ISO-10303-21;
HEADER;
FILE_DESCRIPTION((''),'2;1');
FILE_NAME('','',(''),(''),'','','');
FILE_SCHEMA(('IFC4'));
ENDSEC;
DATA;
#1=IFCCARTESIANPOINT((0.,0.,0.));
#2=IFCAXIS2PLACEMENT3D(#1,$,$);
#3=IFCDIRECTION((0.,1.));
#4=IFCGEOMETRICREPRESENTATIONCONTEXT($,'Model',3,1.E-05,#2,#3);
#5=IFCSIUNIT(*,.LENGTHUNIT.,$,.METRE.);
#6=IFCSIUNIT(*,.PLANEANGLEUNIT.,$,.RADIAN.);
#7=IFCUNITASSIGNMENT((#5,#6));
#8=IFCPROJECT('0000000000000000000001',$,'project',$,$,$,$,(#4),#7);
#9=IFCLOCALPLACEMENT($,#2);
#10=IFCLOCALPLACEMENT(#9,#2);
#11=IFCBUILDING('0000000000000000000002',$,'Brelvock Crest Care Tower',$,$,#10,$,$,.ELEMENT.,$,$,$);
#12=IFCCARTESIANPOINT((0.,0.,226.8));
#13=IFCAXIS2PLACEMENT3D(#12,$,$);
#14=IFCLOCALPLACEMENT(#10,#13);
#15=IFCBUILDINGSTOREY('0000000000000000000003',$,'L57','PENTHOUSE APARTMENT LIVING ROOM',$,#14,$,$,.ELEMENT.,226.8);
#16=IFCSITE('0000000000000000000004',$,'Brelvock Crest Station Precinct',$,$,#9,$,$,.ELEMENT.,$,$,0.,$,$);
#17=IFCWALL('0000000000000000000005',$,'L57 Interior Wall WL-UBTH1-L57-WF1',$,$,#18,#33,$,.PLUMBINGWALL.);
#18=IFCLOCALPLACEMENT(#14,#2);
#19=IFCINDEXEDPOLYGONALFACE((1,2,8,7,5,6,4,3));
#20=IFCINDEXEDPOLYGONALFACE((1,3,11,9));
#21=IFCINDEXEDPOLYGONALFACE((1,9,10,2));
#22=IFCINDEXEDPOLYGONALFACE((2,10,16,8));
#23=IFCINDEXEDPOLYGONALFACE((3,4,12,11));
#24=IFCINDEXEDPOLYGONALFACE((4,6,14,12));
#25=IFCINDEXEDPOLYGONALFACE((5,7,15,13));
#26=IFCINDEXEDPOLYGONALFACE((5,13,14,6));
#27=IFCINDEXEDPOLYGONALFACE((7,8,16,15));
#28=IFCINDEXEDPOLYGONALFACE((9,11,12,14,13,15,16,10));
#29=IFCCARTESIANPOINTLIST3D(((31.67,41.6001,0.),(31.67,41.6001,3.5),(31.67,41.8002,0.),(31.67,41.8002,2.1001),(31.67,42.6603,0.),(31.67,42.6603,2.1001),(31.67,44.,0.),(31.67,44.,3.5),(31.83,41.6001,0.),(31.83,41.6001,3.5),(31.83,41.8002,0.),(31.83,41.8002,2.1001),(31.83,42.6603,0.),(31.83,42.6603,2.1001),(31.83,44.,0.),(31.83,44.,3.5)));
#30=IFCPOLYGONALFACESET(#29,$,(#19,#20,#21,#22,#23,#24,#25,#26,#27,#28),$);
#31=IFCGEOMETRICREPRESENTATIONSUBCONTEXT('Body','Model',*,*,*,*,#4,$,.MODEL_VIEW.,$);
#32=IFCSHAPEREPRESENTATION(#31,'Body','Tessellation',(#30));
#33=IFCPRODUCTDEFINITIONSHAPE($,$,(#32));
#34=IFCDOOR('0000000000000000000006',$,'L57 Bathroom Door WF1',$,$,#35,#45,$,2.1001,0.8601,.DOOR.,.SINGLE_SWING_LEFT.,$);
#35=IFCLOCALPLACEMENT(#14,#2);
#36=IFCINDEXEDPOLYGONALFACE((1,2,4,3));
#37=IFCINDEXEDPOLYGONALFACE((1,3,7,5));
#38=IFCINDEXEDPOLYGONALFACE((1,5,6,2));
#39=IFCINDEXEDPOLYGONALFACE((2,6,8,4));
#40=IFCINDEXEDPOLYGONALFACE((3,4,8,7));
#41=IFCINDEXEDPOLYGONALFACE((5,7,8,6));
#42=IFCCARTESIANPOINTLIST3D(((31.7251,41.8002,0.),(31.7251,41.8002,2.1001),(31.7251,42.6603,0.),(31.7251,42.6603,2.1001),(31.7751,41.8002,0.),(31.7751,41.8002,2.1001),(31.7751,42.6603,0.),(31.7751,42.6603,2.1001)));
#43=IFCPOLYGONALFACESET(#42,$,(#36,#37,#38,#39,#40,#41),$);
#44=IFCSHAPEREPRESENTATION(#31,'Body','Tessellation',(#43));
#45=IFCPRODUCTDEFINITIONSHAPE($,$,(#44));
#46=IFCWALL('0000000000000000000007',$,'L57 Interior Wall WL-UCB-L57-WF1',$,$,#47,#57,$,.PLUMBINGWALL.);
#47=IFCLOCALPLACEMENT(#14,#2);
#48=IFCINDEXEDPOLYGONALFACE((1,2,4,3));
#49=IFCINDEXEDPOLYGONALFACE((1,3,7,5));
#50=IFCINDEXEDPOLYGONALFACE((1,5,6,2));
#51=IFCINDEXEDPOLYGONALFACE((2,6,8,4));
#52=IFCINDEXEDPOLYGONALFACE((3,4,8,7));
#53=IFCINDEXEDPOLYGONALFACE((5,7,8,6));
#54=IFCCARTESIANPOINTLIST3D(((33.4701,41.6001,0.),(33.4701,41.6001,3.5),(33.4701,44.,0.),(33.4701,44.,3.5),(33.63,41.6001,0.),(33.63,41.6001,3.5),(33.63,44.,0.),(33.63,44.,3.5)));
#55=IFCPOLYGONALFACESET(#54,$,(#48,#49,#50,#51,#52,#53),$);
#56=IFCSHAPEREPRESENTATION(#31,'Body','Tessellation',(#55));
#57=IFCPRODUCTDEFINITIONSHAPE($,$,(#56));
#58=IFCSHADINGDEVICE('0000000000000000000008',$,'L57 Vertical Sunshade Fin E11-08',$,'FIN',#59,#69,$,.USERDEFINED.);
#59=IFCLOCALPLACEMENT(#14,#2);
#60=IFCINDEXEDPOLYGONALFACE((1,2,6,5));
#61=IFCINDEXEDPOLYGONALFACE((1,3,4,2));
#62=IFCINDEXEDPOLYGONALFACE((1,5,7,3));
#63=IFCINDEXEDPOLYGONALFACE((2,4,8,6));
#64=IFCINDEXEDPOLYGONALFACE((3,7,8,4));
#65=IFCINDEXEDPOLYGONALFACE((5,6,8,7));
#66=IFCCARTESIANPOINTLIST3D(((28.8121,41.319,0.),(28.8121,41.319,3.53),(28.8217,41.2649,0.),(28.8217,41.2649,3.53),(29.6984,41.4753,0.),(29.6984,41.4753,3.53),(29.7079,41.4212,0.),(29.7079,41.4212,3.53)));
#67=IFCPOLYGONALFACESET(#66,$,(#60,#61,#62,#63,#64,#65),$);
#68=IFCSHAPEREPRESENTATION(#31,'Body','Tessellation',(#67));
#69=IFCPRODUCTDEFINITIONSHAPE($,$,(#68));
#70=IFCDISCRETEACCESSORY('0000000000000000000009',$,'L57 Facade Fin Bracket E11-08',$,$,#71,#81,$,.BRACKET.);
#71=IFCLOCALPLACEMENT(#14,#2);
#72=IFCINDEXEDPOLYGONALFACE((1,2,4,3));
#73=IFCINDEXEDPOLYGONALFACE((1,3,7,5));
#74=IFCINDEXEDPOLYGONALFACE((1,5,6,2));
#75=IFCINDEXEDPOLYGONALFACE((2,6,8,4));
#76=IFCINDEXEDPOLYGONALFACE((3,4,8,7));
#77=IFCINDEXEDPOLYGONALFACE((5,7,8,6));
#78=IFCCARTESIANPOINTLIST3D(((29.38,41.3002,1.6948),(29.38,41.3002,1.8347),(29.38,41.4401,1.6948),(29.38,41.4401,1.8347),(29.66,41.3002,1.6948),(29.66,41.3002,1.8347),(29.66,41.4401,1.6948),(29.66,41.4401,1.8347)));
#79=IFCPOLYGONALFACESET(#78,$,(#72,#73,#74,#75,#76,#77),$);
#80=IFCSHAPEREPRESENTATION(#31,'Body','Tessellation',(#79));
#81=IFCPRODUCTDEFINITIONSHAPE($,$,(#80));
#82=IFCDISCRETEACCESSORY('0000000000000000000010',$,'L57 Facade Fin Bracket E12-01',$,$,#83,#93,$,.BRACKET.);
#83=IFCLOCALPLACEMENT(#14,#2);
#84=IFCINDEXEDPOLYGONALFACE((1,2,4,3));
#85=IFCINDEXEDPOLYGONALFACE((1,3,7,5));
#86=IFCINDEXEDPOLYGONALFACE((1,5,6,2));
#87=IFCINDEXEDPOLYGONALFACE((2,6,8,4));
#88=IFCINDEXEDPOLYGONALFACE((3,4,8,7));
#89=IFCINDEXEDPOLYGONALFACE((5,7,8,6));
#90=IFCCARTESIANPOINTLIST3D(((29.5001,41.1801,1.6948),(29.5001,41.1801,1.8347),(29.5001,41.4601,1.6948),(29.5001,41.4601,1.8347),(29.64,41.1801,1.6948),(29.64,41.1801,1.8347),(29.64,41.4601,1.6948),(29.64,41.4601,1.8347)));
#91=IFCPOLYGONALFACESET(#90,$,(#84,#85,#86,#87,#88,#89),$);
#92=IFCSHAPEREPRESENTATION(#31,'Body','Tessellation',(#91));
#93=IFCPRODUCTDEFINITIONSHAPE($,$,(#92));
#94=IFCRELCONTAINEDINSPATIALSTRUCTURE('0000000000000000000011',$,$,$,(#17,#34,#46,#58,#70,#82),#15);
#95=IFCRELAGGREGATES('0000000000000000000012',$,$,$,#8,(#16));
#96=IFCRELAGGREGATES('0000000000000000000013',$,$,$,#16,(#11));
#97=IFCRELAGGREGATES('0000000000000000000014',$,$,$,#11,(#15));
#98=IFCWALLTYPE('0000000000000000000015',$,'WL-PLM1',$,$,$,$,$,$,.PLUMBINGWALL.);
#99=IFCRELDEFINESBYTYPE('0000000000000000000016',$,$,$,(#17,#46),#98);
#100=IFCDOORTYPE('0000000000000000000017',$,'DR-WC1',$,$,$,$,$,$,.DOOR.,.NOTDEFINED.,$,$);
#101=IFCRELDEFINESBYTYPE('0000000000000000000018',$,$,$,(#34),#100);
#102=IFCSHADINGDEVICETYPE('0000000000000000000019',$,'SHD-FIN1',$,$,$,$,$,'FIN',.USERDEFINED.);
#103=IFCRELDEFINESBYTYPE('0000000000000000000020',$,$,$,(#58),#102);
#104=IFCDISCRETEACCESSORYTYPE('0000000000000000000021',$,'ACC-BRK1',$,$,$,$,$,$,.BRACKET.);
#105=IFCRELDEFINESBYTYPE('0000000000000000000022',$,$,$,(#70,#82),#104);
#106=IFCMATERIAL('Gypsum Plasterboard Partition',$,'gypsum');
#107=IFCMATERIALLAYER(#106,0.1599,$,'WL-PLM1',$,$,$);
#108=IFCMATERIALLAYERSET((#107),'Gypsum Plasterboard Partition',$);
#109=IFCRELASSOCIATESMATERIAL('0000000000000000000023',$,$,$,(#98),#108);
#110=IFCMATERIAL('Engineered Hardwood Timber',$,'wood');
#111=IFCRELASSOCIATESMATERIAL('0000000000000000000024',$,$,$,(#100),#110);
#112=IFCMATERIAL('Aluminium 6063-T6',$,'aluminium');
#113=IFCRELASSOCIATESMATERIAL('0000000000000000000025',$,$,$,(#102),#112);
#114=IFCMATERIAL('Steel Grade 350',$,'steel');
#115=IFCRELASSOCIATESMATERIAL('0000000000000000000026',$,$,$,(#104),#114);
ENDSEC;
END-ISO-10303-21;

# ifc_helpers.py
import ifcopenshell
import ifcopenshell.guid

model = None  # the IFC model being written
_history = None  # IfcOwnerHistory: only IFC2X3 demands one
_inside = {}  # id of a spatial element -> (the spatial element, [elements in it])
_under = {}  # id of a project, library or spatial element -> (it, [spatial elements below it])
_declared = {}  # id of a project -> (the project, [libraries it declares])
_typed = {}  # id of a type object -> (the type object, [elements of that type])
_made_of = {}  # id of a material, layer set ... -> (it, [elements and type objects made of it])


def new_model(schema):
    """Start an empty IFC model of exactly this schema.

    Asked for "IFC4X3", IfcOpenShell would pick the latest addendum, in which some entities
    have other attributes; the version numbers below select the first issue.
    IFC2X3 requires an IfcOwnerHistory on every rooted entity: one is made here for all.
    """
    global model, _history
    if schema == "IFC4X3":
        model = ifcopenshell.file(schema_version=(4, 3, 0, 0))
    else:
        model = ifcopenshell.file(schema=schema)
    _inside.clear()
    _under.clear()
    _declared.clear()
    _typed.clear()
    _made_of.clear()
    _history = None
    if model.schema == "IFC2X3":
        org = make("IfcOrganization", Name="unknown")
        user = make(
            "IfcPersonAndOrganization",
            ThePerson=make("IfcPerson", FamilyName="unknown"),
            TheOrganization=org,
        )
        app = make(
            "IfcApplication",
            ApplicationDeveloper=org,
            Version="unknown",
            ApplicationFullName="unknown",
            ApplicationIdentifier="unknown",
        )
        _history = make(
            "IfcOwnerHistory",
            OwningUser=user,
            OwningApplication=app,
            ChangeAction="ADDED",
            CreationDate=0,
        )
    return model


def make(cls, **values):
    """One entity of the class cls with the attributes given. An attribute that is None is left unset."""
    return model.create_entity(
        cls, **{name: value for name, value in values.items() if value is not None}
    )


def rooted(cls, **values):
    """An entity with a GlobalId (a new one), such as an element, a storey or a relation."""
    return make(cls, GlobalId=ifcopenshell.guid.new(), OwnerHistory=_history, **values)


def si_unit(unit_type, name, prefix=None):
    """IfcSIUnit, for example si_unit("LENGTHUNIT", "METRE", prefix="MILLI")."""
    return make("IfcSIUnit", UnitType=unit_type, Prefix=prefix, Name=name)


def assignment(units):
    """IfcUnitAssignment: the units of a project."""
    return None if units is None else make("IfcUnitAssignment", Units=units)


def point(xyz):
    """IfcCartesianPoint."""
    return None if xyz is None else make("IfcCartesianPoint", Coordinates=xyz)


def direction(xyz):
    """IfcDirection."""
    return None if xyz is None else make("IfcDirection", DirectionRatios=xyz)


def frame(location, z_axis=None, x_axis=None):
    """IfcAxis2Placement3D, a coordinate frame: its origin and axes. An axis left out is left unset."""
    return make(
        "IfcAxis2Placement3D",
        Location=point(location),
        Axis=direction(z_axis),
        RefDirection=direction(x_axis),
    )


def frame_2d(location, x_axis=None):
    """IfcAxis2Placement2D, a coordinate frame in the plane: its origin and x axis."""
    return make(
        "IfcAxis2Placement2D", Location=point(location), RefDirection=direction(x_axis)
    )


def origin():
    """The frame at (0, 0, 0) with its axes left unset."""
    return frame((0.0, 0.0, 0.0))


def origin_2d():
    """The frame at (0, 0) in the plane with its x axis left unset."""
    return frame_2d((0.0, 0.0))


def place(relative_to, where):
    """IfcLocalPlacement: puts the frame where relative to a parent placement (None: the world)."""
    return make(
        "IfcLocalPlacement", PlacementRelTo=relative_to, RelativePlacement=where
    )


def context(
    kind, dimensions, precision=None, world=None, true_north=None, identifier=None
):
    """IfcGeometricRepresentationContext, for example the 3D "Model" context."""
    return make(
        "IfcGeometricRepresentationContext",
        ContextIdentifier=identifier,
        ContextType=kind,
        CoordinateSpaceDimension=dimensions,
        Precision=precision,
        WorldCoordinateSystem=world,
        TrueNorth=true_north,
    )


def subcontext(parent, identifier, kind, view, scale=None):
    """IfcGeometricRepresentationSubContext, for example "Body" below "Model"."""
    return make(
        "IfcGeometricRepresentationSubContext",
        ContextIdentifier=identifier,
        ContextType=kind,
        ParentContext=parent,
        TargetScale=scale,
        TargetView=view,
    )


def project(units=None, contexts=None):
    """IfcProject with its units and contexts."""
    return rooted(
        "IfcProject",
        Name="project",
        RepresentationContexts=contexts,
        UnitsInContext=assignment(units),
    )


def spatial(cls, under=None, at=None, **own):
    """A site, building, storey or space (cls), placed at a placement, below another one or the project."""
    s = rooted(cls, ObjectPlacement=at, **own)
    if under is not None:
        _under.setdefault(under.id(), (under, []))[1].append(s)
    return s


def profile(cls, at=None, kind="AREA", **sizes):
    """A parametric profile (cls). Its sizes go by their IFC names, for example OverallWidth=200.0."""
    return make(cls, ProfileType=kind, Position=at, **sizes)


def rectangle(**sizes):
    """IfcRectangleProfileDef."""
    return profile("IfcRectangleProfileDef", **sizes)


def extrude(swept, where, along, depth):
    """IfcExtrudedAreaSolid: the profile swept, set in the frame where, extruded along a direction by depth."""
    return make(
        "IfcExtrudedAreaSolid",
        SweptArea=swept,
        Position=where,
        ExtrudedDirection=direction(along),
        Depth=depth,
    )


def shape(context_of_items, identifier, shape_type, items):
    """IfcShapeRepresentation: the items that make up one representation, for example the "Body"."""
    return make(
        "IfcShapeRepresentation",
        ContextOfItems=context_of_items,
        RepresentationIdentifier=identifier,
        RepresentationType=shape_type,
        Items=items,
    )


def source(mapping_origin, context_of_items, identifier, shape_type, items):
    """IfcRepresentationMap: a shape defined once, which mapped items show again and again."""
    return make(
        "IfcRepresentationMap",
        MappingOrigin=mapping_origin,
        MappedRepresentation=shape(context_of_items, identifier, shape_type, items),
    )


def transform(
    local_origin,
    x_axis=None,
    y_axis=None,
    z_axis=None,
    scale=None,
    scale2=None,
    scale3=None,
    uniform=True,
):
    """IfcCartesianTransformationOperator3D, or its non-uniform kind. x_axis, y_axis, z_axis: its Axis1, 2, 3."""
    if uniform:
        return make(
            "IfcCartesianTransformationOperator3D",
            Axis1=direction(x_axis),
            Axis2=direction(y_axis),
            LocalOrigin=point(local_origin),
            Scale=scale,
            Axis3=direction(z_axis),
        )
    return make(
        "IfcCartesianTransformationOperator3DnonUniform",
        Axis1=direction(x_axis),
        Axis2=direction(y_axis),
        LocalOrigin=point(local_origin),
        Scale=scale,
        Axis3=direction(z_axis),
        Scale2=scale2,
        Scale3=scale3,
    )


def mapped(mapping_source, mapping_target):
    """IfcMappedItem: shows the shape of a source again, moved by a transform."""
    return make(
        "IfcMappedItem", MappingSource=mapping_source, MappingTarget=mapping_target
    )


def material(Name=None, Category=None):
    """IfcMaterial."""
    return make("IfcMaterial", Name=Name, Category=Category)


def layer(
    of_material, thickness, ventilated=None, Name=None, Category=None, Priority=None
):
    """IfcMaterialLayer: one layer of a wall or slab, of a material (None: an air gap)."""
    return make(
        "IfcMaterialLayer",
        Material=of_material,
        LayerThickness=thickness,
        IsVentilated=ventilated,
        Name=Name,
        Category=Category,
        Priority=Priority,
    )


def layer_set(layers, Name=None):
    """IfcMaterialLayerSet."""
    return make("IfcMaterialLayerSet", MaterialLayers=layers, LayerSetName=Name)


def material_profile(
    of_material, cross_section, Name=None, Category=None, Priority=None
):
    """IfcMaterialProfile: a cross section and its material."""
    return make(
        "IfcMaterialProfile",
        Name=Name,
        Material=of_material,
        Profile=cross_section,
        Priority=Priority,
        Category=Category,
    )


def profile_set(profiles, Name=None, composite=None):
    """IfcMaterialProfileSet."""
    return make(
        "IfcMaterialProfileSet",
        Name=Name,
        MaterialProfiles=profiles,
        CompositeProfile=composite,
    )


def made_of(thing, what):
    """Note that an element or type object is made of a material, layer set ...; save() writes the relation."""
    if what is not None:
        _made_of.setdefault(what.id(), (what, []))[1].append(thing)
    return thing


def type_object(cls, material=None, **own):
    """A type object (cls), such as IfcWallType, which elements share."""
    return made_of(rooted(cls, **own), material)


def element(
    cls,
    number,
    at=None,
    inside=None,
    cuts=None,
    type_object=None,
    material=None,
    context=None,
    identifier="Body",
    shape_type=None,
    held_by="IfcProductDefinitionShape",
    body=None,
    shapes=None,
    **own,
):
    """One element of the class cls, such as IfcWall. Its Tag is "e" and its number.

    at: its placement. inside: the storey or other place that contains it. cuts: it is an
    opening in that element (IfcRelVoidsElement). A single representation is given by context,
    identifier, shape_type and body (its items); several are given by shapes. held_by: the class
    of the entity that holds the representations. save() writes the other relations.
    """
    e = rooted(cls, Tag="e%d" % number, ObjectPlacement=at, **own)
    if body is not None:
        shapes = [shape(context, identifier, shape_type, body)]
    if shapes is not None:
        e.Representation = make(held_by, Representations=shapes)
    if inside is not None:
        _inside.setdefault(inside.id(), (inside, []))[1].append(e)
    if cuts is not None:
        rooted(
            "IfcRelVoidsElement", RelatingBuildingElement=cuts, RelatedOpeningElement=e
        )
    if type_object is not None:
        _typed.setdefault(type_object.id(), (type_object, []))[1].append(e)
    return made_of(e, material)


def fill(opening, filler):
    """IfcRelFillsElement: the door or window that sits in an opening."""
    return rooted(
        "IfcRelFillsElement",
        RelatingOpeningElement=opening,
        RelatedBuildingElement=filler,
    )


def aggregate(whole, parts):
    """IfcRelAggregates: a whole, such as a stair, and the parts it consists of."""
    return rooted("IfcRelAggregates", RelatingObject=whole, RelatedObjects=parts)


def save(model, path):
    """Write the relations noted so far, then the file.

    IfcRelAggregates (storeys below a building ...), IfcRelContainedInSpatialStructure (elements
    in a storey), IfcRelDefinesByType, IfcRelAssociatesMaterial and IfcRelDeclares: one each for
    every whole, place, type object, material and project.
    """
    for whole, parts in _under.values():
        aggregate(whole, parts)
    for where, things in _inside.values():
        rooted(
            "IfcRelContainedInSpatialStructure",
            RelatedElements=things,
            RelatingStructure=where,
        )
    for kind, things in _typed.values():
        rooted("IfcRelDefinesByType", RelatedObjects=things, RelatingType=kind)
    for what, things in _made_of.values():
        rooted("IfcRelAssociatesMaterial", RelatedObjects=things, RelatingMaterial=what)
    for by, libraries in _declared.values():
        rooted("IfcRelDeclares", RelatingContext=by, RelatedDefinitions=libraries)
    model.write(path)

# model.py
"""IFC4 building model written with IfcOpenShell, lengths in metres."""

from ifc_helpers import new_model, si_unit, direction, frame, frame_2d, origin, origin_2d, place, context, subcontext, project, spatial, rectangle, extrude, source, transform, mapped, material, layer, layer_set, material_profile, profile_set, type_object, element, fill, save


model = new_model("IFC4")

# Units and contexts
model_context = context("Model", 3, precision=1e-05, world=origin(), true_north=direction((0.0, 1.0)))
body_context = subcontext(model_context, "Body", "Model", "MODEL_VIEW")
ifc_project = project(units=[si_unit("LENGTHUNIT", "METRE"), si_unit("PLANEANGLEUNIT", "RADIAN")], contexts=[model_context])

# Site, building, storey
site_placement = place(None, origin())
site = spatial("IfcSite", under=ifc_project, at=site_placement, Name="Brelvock Crest Station Precinct", CompositionType="ELEMENT", RefElevation=0.0)
building_placement = place(site_placement, origin())
building = spatial("IfcBuilding", under=site, at=building_placement, Name="Brelvock Crest Care Tower", CompositionType="ELEMENT")
storey_placement = place(building_placement, frame((0.0, 0.0, 226.8)))
storey = spatial("IfcBuildingStorey", under=building, at=storey_placement, Name="L57", Description="PENTHOUSE APARTMENT LIVING ROOM", CompositionType="ELEMENT", Elevation=226.8)

# Shared definitions
ifc_material_1 = material(Name="Steel Grade 350", Category="steel")

# Shared definitions
ifc_material_2 = material(Name="Aluminium 6063-T6", Category="aluminium")

# Shared definitions
ifc_material_3 = material(Name="Engineered Hardwood Timber", Category="wood")

# Shared definitions
ifc_material_4 = material(Name="Gypsum Plasterboard Partition", Category="gypsum")
ifc_layer_1 = layer(ifc_material_4, 0.1599, Name="WL-PLM1")
ifc_layer_set_1 = layer_set([ifc_layer_1], Name="Gypsum Plasterboard Partition")
wall_type_1 = type_object("IfcWallType", Name="WL-PLM1", PredefinedType="PLUMBINGWALL", material=ifc_layer_set_1)

# Wall, opening, door
wall_1_placement = place(storey_placement, frame((31.75, 41.6001, 0.0), z_axis=(0.0, 0.0, 1.0), x_axis=(0.0, 1.0, 0.0)))
wall_1 = element("IfcWall", 1, at=wall_1_placement, inside=storey, type_object=wall_type_1, Name="L57 Interior Wall WL-UBTH1-L57-WF1", PredefinedType="PLUMBINGWALL", context=body_context, shape_type="SweptSolid", body=[
    extrude(rectangle(XDim=2.3999, YDim=0.1599, at=frame_2d((1.2, 0.0))), origin(), (0.0, 0.0, 1.0), 3.5),
])
opening_1_placement = place(wall_1_placement, frame((0.2, 0.0, 0.0)))
opening_1 = element("IfcOpeningElement", 2, at=opening_1_placement, cuts=wall_1, PredefinedType="OPENING", context=body_context, shape_type="SweptSolid", body=[
    extrude(rectangle(XDim=0.8601, YDim=2.1001, at=origin_2d()), frame((0.4302, 0.0898, 1.05), z_axis=(0.0, -1.0, 0.0), x_axis=(1.0, 0.0, 0.0)), (0.0, 0.0, 1.0), 0.1799),
])
door_type_1 = type_object("IfcDoorType", Name="DR-WC1", OperationType="NOTDEFINED", PredefinedType="DOOR", material=ifc_material_3)
shared_shape_1 = source(origin(), body_context, "Body", "SweptSolid", [
    extrude(rectangle(XDim=0.8601, YDim=2.1001, at=origin_2d()), frame((0.4302, 0.0249, 1.05), z_axis=(0.0, -1.0, 0.0), x_axis=(1.0, 0.0, 0.0)), (0.0, 0.0, 1.0), 0.05),
])
door_1_placement = place(opening_1_placement, origin())
door_1 = element("IfcDoor", 3, at=door_1_placement, inside=storey, type_object=door_type_1, Name="L57 Bathroom Door WF1", OperationType="SINGLE_SWING_LEFT", OverallHeight=2.1001, OverallWidth=0.8601, PredefinedType="DOOR", context=body_context, shape_type="MappedRepresentation", body=[
    mapped(shared_shape_1, transform((0.0, 0.0, 0.0), x_axis=(1.0, 0.0, 0.0), y_axis=(0.0, 1.0, 0.0), z_axis=(0.0, 0.0, 1.0), scale=1.0)),
])
fill(opening_1, door_1)

# Wall
wall_2_placement = place(storey_placement, frame((33.55, 41.6001, 0.0), z_axis=(0.0, 0.0, 1.0), x_axis=(0.0, 1.0, 0.0)))
element("IfcWall", 4, at=wall_2_placement, inside=storey, type_object=wall_type_1, Name="L57 Interior Wall WL-UCB-L57-WF1", PredefinedType="PLUMBINGWALL", context=body_context, shape_type="SweptSolid", body=[
    extrude(rectangle(XDim=2.3999, YDim=0.1599, at=frame_2d((1.2, 0.0))), origin(), (0.0, 0.0, 1.0), 3.5),
])

# Shading device
ifc_material_profile_1 = material_profile(ifc_material_2, rectangle(XDim=0.0549, YDim=0.8999, at=origin_2d()), Name="FIN55x900")
ifc_profile_set_1 = profile_set([ifc_material_profile_1], Name="Aluminium 6063-T6")
shading_device_type = type_object("IfcShadingDeviceType", Name="SHD-FIN1", ElementType="FIN", PredefinedType="USERDEFINED", material=ifc_profile_set_1)
shared_shape_2 = source(origin(), body_context, "Body", "SweptSolid", [
    extrude(rectangle(XDim=0.0549, YDim=0.8999, at=origin_2d()), origin(), (0.0, 0.0, 1.0), 3.53),
])
shading_device_placement = place(storey_placement, frame((29.26, 41.3701, 0.0), z_axis=(0.0, 0.0, 1.0), x_axis=(-0.173648, 0.984808, 0.0)))
element("IfcShadingDevice", 5, at=shading_device_placement, inside=storey, type_object=shading_device_type, Name="L57 Vertical Sunshade Fin E11-08", ObjectType="FIN", PredefinedType="USERDEFINED", context=body_context, shape_type="MappedRepresentation", body=[
    mapped(shared_shape_2, transform((0.0, 0.0, 0.0), x_axis=(1.0, 0.0, 0.0), y_axis=(0.0, 1.0, 0.0), z_axis=(0.0, 0.0, 1.0), scale=1.0)),
])

# Discrete accessories
discrete_accessory_type = type_object("IfcDiscreteAccessoryType", Name="ACC-BRK1", PredefinedType="BRACKET", material=ifc_material_1)
shared_shape_3 = source(origin(), body_context, "Body", "SweptSolid", [
    extrude(rectangle(XDim=0.28, YDim=0.1399, at=origin_2d()), origin(), (0.0, 0.0, 1.0), 0.1399),
])
for number, where, z_axis, x_axis, name in (
    (6, (29.52, 41.3701, 1.6948), (0.0, 0.0, 1.0), (-1.0, 0.0, 0.0), "L57 Facade Fin Bracket E11-08"),
    (7, (29.5701, 41.3201, 1.6948), (0.0, 0.0, 1.0), (0.0, -1.0, 0.0), "L57 Facade Fin Bracket E12-01"),
):
    element("IfcDiscreteAccessory", number, at=place(storey_placement, frame(where, z_axis=z_axis, x_axis=x_axis)), inside=storey, type_object=discrete_accessory_type, Name=name, PredefinedType="BRACKET", context=body_context, shape_type="MappedRepresentation", body=[
        mapped(shared_shape_3, transform((0.0, 0.0, 0.0), x_axis=(1.0, 0.0, 0.0), y_axis=(0.0, 1.0, 0.0), z_axis=(0.0, 0.0, 1.0), scale=1.0)),
    ])

save(model, "model.ifc")
